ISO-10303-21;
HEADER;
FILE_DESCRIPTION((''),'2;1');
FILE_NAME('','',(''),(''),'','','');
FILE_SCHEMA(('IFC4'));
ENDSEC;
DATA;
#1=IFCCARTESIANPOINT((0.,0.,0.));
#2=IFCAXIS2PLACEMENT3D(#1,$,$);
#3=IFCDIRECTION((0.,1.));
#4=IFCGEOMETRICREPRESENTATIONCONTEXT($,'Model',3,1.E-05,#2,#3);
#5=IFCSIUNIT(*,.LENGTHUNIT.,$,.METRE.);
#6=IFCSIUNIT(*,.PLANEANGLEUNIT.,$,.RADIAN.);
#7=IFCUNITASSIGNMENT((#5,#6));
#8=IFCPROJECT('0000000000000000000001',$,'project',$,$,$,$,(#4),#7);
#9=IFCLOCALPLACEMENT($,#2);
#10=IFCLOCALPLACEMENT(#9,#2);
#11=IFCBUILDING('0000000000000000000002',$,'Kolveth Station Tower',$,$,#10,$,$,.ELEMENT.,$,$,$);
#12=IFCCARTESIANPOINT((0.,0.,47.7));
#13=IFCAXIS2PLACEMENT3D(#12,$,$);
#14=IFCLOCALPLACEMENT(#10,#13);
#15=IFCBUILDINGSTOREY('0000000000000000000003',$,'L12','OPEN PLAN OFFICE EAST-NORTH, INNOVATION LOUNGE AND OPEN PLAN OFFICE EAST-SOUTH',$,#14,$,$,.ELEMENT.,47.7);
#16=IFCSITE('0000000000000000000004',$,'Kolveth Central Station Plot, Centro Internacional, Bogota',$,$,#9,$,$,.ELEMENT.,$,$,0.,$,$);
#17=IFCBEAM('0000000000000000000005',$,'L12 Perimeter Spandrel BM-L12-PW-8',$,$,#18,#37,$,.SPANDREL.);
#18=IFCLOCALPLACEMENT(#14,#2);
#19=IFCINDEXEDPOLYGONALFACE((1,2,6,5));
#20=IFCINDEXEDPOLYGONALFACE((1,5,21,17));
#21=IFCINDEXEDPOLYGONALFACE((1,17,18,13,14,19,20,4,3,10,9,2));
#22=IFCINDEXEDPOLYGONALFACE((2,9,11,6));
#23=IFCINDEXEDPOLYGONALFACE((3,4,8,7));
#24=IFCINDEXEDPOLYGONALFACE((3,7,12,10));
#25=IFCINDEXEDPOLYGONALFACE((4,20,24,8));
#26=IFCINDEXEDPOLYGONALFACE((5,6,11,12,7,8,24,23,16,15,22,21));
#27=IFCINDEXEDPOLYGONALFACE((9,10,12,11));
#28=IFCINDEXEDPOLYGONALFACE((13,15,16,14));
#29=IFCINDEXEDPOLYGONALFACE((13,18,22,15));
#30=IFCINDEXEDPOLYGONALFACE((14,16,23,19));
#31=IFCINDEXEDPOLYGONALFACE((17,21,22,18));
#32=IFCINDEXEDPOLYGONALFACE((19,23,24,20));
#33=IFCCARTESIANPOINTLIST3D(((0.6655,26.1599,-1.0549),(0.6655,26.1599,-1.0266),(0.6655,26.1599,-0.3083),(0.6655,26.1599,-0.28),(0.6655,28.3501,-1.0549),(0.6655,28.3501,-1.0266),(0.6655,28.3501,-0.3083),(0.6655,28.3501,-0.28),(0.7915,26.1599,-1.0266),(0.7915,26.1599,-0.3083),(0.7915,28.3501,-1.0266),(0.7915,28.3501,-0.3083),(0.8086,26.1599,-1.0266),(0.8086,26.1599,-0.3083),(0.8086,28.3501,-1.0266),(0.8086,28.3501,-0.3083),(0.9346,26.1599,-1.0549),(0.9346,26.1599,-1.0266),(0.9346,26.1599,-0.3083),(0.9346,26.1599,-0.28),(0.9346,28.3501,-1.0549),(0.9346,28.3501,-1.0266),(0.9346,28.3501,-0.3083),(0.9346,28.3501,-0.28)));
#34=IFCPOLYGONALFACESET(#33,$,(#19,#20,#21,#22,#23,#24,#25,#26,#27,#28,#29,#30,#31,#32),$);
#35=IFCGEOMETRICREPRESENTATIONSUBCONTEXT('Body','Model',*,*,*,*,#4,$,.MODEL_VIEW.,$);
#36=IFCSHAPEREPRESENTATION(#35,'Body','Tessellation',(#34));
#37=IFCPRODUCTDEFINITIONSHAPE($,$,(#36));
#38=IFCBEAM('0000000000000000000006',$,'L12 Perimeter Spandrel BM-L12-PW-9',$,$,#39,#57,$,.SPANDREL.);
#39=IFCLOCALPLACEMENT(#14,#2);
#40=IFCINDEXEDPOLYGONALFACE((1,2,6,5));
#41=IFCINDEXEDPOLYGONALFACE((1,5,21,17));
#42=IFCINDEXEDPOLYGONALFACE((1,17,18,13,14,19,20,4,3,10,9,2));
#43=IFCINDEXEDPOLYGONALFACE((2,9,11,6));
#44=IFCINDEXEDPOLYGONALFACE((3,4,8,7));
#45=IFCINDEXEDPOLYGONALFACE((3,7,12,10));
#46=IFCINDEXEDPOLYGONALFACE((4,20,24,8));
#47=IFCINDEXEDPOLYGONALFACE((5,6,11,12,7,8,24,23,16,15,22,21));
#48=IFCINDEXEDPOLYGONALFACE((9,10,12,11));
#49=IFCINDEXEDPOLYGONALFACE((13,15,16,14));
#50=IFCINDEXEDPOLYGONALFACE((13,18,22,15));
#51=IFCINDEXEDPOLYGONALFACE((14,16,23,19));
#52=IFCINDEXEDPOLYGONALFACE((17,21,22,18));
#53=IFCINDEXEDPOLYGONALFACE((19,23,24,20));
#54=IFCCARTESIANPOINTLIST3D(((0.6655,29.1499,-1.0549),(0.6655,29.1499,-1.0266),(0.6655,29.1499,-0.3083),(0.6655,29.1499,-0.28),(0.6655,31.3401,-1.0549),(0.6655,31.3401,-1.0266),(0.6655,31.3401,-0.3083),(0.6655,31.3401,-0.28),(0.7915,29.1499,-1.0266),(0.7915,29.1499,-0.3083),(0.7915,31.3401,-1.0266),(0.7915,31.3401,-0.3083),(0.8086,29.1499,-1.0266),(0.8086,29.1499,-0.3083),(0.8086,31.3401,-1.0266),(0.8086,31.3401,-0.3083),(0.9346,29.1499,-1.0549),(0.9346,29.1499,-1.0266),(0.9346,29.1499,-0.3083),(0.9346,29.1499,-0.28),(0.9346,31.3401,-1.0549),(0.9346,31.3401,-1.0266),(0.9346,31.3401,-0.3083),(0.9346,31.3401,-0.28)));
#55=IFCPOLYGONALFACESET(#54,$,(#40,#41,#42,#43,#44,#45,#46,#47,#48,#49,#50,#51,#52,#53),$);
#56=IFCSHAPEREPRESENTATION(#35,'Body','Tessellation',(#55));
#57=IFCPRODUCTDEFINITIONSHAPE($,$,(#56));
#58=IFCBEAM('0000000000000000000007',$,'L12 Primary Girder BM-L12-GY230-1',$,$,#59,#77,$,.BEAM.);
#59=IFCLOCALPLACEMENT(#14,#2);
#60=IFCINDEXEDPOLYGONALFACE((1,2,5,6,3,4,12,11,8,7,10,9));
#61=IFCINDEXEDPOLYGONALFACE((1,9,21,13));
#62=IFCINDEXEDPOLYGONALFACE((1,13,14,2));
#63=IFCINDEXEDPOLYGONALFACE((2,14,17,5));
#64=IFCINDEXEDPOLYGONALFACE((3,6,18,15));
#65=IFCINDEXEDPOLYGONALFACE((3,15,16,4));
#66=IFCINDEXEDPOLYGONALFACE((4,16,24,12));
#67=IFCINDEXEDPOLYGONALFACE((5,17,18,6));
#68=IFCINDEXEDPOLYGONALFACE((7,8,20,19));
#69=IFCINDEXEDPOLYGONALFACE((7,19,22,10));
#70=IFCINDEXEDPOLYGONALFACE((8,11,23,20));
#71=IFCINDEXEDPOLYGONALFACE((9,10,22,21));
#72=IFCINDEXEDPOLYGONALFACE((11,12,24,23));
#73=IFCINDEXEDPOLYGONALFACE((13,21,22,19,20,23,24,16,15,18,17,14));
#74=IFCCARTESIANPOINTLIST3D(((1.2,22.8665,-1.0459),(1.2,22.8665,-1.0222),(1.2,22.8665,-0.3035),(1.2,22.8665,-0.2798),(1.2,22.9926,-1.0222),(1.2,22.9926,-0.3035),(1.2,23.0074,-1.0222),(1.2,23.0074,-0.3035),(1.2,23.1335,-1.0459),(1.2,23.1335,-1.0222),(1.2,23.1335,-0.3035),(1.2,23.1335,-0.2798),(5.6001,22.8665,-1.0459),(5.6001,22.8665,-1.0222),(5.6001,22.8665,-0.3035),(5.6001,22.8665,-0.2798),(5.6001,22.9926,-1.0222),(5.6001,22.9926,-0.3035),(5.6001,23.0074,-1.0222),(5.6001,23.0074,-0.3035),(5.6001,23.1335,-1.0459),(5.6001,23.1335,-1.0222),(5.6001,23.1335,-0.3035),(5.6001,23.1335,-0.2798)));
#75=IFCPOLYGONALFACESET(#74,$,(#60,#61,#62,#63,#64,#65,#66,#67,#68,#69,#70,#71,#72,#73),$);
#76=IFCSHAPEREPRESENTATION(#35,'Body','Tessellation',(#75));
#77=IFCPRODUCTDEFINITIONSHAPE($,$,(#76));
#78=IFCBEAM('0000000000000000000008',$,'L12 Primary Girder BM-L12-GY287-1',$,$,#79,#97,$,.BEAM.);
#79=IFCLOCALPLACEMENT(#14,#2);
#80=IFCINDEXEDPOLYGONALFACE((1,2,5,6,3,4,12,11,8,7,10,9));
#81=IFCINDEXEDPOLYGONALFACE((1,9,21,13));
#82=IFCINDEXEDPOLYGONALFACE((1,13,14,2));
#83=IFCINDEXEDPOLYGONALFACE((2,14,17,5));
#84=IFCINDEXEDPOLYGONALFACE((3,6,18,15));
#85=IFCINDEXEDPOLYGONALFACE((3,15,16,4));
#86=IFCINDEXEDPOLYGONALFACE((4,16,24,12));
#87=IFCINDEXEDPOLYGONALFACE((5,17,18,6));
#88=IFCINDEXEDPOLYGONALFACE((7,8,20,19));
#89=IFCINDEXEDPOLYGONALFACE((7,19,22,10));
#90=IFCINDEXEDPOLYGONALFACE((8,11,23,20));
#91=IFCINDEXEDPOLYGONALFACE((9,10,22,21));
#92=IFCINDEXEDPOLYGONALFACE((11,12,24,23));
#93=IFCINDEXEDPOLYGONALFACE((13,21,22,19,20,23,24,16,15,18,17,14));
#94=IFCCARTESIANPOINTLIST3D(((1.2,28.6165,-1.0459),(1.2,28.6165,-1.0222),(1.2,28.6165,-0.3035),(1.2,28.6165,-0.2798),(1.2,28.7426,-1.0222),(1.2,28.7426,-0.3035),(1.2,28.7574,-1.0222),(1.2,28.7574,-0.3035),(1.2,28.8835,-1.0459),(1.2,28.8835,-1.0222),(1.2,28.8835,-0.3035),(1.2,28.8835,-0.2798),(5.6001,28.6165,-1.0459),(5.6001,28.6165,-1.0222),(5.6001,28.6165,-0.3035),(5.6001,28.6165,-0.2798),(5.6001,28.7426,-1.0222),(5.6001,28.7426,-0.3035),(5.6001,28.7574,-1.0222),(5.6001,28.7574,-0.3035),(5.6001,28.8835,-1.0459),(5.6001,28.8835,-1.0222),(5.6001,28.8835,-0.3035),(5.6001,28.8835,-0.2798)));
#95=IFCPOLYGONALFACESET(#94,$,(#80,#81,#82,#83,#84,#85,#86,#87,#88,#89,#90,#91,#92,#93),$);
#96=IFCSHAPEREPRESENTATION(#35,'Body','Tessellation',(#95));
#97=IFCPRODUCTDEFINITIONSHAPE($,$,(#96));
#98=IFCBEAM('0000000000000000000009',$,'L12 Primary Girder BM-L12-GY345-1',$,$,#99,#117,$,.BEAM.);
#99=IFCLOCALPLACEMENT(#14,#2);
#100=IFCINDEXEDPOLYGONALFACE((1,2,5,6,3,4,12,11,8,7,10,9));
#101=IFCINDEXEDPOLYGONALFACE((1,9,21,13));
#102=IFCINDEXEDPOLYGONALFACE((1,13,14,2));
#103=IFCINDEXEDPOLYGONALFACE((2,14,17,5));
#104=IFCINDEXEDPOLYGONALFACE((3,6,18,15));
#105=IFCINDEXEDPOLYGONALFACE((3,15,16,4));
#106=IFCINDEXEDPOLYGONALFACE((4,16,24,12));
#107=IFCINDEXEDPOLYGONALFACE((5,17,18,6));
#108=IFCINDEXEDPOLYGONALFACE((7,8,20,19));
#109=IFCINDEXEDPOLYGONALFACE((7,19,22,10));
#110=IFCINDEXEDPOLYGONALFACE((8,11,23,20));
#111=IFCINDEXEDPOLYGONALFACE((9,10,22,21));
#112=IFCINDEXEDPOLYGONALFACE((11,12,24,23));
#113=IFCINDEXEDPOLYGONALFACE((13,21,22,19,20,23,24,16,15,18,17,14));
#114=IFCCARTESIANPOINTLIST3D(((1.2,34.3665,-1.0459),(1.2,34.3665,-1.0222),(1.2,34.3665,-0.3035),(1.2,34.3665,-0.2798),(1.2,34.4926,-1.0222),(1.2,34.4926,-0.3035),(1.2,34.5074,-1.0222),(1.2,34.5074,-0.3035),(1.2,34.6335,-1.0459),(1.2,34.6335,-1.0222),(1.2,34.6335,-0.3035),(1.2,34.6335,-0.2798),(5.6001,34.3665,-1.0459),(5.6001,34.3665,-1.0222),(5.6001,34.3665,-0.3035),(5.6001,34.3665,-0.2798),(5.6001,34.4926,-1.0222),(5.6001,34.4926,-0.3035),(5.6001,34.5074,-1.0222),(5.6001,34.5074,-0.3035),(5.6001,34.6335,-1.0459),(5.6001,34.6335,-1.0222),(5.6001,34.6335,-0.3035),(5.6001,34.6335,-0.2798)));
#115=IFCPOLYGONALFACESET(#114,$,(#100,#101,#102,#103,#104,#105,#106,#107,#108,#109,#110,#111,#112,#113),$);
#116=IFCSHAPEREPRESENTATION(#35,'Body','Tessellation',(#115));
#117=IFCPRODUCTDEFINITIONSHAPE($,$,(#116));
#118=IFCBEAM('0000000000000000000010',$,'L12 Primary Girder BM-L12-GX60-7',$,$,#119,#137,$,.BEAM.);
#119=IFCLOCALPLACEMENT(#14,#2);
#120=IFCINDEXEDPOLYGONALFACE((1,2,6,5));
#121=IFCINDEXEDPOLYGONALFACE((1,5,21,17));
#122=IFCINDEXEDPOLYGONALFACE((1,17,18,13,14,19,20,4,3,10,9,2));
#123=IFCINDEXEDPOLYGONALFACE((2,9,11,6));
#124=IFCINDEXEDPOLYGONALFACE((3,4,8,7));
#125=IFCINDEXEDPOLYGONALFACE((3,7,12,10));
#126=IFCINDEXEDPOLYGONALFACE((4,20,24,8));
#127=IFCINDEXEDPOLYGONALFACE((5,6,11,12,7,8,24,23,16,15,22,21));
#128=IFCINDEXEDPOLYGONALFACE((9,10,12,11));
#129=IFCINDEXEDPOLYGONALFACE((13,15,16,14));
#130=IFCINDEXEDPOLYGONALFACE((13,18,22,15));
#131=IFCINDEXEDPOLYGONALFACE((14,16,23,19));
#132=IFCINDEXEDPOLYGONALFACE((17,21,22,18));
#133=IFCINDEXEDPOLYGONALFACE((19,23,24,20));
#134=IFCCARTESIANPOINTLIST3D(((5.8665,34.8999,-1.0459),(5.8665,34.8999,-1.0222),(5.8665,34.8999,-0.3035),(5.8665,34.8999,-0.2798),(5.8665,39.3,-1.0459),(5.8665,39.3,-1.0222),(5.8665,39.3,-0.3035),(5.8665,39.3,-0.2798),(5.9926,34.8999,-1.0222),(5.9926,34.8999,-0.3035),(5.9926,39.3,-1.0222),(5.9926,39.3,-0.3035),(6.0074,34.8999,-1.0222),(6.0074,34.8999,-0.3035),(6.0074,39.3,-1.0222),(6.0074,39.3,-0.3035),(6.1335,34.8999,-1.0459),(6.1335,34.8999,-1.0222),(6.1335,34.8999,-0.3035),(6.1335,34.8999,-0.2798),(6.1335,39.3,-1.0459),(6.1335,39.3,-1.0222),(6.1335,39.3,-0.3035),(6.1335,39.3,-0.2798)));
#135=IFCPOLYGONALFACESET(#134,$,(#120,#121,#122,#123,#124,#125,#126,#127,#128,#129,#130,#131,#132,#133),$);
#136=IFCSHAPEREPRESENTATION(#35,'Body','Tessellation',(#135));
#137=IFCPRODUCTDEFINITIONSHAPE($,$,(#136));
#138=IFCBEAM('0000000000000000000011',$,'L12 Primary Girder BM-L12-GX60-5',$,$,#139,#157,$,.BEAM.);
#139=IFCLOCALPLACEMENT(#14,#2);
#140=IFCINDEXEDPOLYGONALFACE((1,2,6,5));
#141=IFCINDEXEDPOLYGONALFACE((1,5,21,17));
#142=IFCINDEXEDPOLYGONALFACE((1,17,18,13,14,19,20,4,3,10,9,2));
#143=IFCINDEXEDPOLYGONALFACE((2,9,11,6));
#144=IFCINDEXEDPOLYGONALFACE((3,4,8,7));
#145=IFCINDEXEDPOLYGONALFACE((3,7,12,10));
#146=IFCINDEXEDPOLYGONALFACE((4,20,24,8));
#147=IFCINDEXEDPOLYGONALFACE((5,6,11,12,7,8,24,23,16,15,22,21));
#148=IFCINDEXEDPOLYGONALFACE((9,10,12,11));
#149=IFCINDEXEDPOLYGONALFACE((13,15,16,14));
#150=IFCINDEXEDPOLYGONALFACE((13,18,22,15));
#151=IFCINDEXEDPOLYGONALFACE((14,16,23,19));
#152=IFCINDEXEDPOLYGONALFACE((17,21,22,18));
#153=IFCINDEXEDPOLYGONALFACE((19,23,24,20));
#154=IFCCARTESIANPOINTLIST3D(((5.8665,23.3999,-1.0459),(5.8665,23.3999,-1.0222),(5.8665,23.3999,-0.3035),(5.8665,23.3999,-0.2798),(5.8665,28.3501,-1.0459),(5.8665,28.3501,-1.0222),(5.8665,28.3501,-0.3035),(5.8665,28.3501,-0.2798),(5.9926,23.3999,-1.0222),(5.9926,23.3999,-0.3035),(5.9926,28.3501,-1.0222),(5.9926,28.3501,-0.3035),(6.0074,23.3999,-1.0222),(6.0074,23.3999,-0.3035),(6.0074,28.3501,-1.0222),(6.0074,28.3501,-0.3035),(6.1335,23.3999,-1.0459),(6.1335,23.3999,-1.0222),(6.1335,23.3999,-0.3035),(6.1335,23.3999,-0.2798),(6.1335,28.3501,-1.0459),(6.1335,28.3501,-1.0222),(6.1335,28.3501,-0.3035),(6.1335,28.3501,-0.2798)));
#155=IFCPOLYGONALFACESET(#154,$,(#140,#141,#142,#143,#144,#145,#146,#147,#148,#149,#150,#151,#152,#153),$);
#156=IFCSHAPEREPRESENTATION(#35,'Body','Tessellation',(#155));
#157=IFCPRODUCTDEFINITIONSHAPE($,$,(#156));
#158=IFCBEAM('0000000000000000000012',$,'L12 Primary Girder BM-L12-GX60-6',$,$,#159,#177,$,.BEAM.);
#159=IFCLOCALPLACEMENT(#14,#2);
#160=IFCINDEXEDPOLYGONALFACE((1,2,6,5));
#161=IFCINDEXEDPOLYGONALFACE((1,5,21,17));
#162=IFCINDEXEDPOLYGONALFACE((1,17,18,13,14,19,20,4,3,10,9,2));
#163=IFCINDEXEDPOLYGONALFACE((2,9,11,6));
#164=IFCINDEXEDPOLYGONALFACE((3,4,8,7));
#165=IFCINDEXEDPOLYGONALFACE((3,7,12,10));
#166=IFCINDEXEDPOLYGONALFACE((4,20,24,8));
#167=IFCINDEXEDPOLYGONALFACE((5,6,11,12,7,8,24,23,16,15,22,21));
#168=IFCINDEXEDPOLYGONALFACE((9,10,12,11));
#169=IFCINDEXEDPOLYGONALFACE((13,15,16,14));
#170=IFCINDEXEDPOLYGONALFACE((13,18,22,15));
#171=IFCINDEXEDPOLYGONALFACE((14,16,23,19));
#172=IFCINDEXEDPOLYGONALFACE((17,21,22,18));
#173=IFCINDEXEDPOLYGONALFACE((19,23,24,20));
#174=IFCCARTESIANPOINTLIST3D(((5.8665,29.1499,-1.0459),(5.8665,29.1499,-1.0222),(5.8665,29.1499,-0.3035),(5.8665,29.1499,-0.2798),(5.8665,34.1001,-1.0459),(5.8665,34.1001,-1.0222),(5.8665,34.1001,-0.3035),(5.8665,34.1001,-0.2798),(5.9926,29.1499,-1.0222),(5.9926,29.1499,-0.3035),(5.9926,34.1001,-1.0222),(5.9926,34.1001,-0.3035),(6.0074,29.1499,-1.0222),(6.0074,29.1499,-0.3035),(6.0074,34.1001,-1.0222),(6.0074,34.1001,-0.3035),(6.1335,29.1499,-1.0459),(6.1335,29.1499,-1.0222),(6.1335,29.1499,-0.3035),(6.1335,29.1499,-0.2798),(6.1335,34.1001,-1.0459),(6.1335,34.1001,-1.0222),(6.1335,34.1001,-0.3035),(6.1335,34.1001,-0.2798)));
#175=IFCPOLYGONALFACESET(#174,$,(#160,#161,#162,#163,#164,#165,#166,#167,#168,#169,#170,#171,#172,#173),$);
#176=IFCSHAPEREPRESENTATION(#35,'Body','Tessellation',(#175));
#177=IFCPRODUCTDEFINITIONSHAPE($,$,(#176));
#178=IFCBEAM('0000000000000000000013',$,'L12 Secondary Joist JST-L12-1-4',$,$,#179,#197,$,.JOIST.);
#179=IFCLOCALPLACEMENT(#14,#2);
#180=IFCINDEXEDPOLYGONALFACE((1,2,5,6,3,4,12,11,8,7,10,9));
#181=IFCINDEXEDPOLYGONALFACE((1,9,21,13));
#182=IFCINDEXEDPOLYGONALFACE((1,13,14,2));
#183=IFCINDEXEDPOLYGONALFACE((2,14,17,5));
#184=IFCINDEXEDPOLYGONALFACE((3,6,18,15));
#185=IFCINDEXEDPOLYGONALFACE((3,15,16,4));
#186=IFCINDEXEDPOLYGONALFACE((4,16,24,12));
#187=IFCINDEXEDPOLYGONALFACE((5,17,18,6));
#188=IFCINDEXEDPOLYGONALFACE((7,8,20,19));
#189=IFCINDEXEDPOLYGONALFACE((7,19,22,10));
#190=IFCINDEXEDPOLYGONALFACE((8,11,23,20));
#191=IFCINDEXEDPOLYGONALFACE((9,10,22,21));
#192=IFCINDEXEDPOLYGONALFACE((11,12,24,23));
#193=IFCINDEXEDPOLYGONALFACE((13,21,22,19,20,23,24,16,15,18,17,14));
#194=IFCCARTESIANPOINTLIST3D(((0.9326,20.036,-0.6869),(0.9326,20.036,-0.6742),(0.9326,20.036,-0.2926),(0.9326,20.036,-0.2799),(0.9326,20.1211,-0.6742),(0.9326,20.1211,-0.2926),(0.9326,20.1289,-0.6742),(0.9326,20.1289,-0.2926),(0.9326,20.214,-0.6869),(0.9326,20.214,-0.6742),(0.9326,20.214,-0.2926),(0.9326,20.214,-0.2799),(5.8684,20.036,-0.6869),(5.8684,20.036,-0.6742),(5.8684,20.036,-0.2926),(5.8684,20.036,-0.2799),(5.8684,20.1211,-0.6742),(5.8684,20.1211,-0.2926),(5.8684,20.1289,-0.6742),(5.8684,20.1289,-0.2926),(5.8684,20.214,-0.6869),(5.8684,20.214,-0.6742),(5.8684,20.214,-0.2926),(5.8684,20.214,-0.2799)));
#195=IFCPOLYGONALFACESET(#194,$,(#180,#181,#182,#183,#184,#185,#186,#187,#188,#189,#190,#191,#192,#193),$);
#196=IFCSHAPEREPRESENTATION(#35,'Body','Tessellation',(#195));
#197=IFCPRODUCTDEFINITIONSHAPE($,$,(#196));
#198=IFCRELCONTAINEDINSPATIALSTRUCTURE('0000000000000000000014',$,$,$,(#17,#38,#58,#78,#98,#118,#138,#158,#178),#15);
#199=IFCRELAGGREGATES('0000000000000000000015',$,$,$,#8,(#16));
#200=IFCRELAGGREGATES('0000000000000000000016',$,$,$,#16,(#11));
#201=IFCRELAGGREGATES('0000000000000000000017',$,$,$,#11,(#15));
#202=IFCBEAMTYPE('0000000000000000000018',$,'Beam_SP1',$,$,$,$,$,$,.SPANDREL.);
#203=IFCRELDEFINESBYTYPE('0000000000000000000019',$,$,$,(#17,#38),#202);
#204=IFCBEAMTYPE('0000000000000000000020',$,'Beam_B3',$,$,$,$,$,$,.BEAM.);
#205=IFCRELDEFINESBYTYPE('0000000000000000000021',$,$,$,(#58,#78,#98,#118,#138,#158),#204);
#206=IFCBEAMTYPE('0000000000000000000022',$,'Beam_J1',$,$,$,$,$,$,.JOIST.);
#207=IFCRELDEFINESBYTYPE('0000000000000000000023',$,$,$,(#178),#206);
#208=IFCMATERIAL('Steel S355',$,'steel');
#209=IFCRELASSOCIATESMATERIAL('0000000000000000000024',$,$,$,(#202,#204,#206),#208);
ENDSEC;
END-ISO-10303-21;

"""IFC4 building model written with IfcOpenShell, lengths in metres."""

from ifc_helpers import new_model, si_unit, direction, frame, origin, origin_2d, place, context, subcontext, project, spatial, i_section, extrude, source, transform, mapped, material, material_profile, profile_set, type_object, element, save


model = new_model("IFC4")

# Units and contexts
model_context = context("Model", 3, precision=1e-05, world=origin(), true_north=direction((0.0, 1.0)))
body_context = subcontext(model_context, "Body", "Model", "MODEL_VIEW")
ifc_project = project(units=[si_unit("LENGTHUNIT", "METRE"), si_unit("PLANEANGLEUNIT", "RADIAN")], contexts=[model_context])

# Site, building, storey
site_placement = place(None, origin())
site = spatial("IfcSite", under=ifc_project, at=site_placement, Name="Kolveth Central Station Plot, Centro Internacional, Bogota", CompositionType="ELEMENT", RefElevation=0.0)
building_placement = place(site_placement, origin())
building = spatial("IfcBuilding", under=site, at=building_placement, Name="Kolveth Station Tower", CompositionType="ELEMENT")
storey_placement = place(building_placement, frame((0.0, 0.0, 47.7)))
storey = spatial("IfcBuildingStorey", under=building, at=storey_placement, Name="L12", Description="OPEN PLAN OFFICE EAST-NORTH, INNOVATION LOUNGE AND OPEN PLAN OFFICE EAST-SOUTH", CompositionType="ELEMENT", Elevation=47.7)

# Shared definitions
ifc_material_1 = material(Name="Steel S355", Category="steel")

# Beams
ifc_material_profile_1 = material_profile(ifc_material_1, i_section(OverallWidth=0.269, OverallDepth=0.7749, WebThickness=0.0171, FlangeThickness=0.0283, at=origin_2d()), Name="W760x220")
ifc_profile_set_1 = profile_set([ifc_material_profile_1], Name="Steel S355")
beam_type_1 = type_object("IfcBeamType", Name="Beam_SP1", PredefinedType="SPANDREL", material=ifc_profile_set_1)
shared_shape_1 = source(origin(), body_context, "Body", "SweptSolid", [
    extrude(i_section(OverallWidth=0.269, OverallDepth=0.7749, WebThickness=0.0171, FlangeThickness=0.0283, at=origin_2d()), origin(), (0.0, 0.0, 1.0), 2.1902),
])
for number, where, z_axis, x_axis, name in (
    (1, (0.8, 26.1599, -0.6675), (0.0, 1.0, 0.0), (-1.0, 0.0, 0.0), "L12 Perimeter Spandrel BM-L12-PW-8"),
    (2, (0.8, 29.1499, -0.6675), (0.0, 1.0, 0.0), (-1.0, 0.0, 0.0), "L12 Perimeter Spandrel BM-L12-PW-9"),
):
    element("IfcBeam", number, at=place(storey_placement, frame(where, z_axis=z_axis, x_axis=x_axis)), inside=storey, type_object=beam_type_1, Name=name, PredefinedType="SPANDREL", context=body_context, shape_type="MappedRepresentation", body=[
        mapped(shared_shape_1, transform((0.0, 0.0, 0.0), x_axis=(1.0, 0.0, 0.0), y_axis=(0.0, 1.0, 0.0), z_axis=(0.0, 0.0, 1.0), scale=1.0)),
    ])
ifc_material_profile_2 = material_profile(ifc_material_1, i_section(OverallWidth=0.2671, OverallDepth=0.7661, WebThickness=0.0149, FlangeThickness=0.0237, at=origin_2d()), Name="W760x185")
ifc_profile_set_2 = profile_set([ifc_material_profile_2], Name="Steel S355")
beam_type_2 = type_object("IfcBeamType", Name="Beam_B3", PredefinedType="BEAM", material=ifc_profile_set_2)
shared_shape_2 = source(origin(), body_context, "Body", "SweptSolid", [
    extrude(i_section(OverallWidth=0.2671, OverallDepth=0.7661, WebThickness=0.0149, FlangeThickness=0.0237, at=origin_2d()), origin(), (0.0, 0.0, 1.0), 4.4001),
])
for number, where, z_axis, x_axis, name in (
    (3, (1.2, 23.0, -0.6628), (1.0, 0.0, 0.0), (0.0, 1.0, 0.0), "L12 Primary Girder BM-L12-GY230-1"),
    (4, (1.2, 28.75, -0.6628), (1.0, 0.0, 0.0), (0.0, 1.0, 0.0), "L12 Primary Girder BM-L12-GY287-1"),
    (5, (1.2, 34.5, -0.6628), (1.0, 0.0, 0.0), (0.0, 1.0, 0.0), "L12 Primary Girder BM-L12-GY345-1"),
    (6, (6.0, 34.8999, -0.6628), (0.0, 1.0, 0.0), (-1.0, 0.0, 0.0), "L12 Primary Girder BM-L12-GX60-7"),
):
    element("IfcBeam", number, at=place(storey_placement, frame(where, z_axis=z_axis, x_axis=x_axis)), inside=storey, type_object=beam_type_2, Name=name, PredefinedType="BEAM", context=body_context, shape_type="MappedRepresentation", body=[
        mapped(shared_shape_2, transform((0.0, 0.0, 0.0), x_axis=(1.0, 0.0, 0.0), y_axis=(0.0, 1.0, 0.0), z_axis=(0.0, 0.0, 1.0), scale=1.0)),
    ])
shared_shape_3 = source(origin(), body_context, "Body", "SweptSolid", [
    extrude(i_section(OverallWidth=0.2671, OverallDepth=0.7661, WebThickness=0.0149, FlangeThickness=0.0237, at=origin_2d()), origin(), (0.0, 0.0, 1.0), 4.9502),
])
for number, where, z_axis, x_axis, name in (
    (7, (6.0, 23.3999, -0.6628), (0.0, 1.0, 0.0), (-1.0, 0.0, 0.0), "L12 Primary Girder BM-L12-GX60-5"),
    (8, (6.0, 29.1499, -0.6628), (0.0, 1.0, 0.0), (-1.0, 0.0, 0.0), "L12 Primary Girder BM-L12-GX60-6"),
):
    element("IfcBeam", number, at=place(storey_placement, frame(where, z_axis=z_axis, x_axis=x_axis)), inside=storey, type_object=beam_type_2, Name=name, PredefinedType="BEAM", context=body_context, shape_type="MappedRepresentation", body=[
        mapped(shared_shape_3, transform((0.0, 0.0, 0.0), x_axis=(1.0, 0.0, 0.0), y_axis=(0.0, 1.0, 0.0), z_axis=(0.0, 0.0, 1.0), scale=1.0)),
    ])
ifc_material_profile_3 = material_profile(ifc_material_1, i_section(OverallWidth=0.178, OverallDepth=0.407, WebThickness=0.0078, FlangeThickness=0.0127, at=origin_2d()), Name="W410x60")
ifc_profile_set_3 = profile_set([ifc_material_profile_3], Name="Steel S355")
beam_type_3 = type_object("IfcBeamType", Name="Beam_J1", PredefinedType="JOIST", material=ifc_profile_set_3)
shared_shape_4 = source(origin(), body_context, "Body", "SweptSolid", [
    extrude(i_section(OverallWidth=0.178, OverallDepth=0.407, WebThickness=0.0078, FlangeThickness=0.0127, at=origin_2d()), origin(), (0.0, 0.0, 1.0), 4.9358),
])
for number, where, z_axis, x_axis, name in (
    (9, (0.9326, 20.125, -0.4834), (1.0, 0.0, 0.0), (0.0, 1.0, 0.0), "L12 Secondary Joist JST-L12-1-4"),
):
    element("IfcBeam", number, at=place(storey_placement, frame(where, z_axis=z_axis, x_axis=x_axis)), inside=storey, type_object=beam_type_3, Name=name, PredefinedType="JOIST", context=body_context, shape_type="MappedRepresentation", body=[
        mapped(shared_shape_4, transform((0.0, 0.0, 0.0), x_axis=(1.0, 0.0, 0.0), y_axis=(0.0, 1.0, 0.0), z_axis=(0.0, 0.0, 1.0), scale=1.0)),
    ])

save(model, "model.ifc")
